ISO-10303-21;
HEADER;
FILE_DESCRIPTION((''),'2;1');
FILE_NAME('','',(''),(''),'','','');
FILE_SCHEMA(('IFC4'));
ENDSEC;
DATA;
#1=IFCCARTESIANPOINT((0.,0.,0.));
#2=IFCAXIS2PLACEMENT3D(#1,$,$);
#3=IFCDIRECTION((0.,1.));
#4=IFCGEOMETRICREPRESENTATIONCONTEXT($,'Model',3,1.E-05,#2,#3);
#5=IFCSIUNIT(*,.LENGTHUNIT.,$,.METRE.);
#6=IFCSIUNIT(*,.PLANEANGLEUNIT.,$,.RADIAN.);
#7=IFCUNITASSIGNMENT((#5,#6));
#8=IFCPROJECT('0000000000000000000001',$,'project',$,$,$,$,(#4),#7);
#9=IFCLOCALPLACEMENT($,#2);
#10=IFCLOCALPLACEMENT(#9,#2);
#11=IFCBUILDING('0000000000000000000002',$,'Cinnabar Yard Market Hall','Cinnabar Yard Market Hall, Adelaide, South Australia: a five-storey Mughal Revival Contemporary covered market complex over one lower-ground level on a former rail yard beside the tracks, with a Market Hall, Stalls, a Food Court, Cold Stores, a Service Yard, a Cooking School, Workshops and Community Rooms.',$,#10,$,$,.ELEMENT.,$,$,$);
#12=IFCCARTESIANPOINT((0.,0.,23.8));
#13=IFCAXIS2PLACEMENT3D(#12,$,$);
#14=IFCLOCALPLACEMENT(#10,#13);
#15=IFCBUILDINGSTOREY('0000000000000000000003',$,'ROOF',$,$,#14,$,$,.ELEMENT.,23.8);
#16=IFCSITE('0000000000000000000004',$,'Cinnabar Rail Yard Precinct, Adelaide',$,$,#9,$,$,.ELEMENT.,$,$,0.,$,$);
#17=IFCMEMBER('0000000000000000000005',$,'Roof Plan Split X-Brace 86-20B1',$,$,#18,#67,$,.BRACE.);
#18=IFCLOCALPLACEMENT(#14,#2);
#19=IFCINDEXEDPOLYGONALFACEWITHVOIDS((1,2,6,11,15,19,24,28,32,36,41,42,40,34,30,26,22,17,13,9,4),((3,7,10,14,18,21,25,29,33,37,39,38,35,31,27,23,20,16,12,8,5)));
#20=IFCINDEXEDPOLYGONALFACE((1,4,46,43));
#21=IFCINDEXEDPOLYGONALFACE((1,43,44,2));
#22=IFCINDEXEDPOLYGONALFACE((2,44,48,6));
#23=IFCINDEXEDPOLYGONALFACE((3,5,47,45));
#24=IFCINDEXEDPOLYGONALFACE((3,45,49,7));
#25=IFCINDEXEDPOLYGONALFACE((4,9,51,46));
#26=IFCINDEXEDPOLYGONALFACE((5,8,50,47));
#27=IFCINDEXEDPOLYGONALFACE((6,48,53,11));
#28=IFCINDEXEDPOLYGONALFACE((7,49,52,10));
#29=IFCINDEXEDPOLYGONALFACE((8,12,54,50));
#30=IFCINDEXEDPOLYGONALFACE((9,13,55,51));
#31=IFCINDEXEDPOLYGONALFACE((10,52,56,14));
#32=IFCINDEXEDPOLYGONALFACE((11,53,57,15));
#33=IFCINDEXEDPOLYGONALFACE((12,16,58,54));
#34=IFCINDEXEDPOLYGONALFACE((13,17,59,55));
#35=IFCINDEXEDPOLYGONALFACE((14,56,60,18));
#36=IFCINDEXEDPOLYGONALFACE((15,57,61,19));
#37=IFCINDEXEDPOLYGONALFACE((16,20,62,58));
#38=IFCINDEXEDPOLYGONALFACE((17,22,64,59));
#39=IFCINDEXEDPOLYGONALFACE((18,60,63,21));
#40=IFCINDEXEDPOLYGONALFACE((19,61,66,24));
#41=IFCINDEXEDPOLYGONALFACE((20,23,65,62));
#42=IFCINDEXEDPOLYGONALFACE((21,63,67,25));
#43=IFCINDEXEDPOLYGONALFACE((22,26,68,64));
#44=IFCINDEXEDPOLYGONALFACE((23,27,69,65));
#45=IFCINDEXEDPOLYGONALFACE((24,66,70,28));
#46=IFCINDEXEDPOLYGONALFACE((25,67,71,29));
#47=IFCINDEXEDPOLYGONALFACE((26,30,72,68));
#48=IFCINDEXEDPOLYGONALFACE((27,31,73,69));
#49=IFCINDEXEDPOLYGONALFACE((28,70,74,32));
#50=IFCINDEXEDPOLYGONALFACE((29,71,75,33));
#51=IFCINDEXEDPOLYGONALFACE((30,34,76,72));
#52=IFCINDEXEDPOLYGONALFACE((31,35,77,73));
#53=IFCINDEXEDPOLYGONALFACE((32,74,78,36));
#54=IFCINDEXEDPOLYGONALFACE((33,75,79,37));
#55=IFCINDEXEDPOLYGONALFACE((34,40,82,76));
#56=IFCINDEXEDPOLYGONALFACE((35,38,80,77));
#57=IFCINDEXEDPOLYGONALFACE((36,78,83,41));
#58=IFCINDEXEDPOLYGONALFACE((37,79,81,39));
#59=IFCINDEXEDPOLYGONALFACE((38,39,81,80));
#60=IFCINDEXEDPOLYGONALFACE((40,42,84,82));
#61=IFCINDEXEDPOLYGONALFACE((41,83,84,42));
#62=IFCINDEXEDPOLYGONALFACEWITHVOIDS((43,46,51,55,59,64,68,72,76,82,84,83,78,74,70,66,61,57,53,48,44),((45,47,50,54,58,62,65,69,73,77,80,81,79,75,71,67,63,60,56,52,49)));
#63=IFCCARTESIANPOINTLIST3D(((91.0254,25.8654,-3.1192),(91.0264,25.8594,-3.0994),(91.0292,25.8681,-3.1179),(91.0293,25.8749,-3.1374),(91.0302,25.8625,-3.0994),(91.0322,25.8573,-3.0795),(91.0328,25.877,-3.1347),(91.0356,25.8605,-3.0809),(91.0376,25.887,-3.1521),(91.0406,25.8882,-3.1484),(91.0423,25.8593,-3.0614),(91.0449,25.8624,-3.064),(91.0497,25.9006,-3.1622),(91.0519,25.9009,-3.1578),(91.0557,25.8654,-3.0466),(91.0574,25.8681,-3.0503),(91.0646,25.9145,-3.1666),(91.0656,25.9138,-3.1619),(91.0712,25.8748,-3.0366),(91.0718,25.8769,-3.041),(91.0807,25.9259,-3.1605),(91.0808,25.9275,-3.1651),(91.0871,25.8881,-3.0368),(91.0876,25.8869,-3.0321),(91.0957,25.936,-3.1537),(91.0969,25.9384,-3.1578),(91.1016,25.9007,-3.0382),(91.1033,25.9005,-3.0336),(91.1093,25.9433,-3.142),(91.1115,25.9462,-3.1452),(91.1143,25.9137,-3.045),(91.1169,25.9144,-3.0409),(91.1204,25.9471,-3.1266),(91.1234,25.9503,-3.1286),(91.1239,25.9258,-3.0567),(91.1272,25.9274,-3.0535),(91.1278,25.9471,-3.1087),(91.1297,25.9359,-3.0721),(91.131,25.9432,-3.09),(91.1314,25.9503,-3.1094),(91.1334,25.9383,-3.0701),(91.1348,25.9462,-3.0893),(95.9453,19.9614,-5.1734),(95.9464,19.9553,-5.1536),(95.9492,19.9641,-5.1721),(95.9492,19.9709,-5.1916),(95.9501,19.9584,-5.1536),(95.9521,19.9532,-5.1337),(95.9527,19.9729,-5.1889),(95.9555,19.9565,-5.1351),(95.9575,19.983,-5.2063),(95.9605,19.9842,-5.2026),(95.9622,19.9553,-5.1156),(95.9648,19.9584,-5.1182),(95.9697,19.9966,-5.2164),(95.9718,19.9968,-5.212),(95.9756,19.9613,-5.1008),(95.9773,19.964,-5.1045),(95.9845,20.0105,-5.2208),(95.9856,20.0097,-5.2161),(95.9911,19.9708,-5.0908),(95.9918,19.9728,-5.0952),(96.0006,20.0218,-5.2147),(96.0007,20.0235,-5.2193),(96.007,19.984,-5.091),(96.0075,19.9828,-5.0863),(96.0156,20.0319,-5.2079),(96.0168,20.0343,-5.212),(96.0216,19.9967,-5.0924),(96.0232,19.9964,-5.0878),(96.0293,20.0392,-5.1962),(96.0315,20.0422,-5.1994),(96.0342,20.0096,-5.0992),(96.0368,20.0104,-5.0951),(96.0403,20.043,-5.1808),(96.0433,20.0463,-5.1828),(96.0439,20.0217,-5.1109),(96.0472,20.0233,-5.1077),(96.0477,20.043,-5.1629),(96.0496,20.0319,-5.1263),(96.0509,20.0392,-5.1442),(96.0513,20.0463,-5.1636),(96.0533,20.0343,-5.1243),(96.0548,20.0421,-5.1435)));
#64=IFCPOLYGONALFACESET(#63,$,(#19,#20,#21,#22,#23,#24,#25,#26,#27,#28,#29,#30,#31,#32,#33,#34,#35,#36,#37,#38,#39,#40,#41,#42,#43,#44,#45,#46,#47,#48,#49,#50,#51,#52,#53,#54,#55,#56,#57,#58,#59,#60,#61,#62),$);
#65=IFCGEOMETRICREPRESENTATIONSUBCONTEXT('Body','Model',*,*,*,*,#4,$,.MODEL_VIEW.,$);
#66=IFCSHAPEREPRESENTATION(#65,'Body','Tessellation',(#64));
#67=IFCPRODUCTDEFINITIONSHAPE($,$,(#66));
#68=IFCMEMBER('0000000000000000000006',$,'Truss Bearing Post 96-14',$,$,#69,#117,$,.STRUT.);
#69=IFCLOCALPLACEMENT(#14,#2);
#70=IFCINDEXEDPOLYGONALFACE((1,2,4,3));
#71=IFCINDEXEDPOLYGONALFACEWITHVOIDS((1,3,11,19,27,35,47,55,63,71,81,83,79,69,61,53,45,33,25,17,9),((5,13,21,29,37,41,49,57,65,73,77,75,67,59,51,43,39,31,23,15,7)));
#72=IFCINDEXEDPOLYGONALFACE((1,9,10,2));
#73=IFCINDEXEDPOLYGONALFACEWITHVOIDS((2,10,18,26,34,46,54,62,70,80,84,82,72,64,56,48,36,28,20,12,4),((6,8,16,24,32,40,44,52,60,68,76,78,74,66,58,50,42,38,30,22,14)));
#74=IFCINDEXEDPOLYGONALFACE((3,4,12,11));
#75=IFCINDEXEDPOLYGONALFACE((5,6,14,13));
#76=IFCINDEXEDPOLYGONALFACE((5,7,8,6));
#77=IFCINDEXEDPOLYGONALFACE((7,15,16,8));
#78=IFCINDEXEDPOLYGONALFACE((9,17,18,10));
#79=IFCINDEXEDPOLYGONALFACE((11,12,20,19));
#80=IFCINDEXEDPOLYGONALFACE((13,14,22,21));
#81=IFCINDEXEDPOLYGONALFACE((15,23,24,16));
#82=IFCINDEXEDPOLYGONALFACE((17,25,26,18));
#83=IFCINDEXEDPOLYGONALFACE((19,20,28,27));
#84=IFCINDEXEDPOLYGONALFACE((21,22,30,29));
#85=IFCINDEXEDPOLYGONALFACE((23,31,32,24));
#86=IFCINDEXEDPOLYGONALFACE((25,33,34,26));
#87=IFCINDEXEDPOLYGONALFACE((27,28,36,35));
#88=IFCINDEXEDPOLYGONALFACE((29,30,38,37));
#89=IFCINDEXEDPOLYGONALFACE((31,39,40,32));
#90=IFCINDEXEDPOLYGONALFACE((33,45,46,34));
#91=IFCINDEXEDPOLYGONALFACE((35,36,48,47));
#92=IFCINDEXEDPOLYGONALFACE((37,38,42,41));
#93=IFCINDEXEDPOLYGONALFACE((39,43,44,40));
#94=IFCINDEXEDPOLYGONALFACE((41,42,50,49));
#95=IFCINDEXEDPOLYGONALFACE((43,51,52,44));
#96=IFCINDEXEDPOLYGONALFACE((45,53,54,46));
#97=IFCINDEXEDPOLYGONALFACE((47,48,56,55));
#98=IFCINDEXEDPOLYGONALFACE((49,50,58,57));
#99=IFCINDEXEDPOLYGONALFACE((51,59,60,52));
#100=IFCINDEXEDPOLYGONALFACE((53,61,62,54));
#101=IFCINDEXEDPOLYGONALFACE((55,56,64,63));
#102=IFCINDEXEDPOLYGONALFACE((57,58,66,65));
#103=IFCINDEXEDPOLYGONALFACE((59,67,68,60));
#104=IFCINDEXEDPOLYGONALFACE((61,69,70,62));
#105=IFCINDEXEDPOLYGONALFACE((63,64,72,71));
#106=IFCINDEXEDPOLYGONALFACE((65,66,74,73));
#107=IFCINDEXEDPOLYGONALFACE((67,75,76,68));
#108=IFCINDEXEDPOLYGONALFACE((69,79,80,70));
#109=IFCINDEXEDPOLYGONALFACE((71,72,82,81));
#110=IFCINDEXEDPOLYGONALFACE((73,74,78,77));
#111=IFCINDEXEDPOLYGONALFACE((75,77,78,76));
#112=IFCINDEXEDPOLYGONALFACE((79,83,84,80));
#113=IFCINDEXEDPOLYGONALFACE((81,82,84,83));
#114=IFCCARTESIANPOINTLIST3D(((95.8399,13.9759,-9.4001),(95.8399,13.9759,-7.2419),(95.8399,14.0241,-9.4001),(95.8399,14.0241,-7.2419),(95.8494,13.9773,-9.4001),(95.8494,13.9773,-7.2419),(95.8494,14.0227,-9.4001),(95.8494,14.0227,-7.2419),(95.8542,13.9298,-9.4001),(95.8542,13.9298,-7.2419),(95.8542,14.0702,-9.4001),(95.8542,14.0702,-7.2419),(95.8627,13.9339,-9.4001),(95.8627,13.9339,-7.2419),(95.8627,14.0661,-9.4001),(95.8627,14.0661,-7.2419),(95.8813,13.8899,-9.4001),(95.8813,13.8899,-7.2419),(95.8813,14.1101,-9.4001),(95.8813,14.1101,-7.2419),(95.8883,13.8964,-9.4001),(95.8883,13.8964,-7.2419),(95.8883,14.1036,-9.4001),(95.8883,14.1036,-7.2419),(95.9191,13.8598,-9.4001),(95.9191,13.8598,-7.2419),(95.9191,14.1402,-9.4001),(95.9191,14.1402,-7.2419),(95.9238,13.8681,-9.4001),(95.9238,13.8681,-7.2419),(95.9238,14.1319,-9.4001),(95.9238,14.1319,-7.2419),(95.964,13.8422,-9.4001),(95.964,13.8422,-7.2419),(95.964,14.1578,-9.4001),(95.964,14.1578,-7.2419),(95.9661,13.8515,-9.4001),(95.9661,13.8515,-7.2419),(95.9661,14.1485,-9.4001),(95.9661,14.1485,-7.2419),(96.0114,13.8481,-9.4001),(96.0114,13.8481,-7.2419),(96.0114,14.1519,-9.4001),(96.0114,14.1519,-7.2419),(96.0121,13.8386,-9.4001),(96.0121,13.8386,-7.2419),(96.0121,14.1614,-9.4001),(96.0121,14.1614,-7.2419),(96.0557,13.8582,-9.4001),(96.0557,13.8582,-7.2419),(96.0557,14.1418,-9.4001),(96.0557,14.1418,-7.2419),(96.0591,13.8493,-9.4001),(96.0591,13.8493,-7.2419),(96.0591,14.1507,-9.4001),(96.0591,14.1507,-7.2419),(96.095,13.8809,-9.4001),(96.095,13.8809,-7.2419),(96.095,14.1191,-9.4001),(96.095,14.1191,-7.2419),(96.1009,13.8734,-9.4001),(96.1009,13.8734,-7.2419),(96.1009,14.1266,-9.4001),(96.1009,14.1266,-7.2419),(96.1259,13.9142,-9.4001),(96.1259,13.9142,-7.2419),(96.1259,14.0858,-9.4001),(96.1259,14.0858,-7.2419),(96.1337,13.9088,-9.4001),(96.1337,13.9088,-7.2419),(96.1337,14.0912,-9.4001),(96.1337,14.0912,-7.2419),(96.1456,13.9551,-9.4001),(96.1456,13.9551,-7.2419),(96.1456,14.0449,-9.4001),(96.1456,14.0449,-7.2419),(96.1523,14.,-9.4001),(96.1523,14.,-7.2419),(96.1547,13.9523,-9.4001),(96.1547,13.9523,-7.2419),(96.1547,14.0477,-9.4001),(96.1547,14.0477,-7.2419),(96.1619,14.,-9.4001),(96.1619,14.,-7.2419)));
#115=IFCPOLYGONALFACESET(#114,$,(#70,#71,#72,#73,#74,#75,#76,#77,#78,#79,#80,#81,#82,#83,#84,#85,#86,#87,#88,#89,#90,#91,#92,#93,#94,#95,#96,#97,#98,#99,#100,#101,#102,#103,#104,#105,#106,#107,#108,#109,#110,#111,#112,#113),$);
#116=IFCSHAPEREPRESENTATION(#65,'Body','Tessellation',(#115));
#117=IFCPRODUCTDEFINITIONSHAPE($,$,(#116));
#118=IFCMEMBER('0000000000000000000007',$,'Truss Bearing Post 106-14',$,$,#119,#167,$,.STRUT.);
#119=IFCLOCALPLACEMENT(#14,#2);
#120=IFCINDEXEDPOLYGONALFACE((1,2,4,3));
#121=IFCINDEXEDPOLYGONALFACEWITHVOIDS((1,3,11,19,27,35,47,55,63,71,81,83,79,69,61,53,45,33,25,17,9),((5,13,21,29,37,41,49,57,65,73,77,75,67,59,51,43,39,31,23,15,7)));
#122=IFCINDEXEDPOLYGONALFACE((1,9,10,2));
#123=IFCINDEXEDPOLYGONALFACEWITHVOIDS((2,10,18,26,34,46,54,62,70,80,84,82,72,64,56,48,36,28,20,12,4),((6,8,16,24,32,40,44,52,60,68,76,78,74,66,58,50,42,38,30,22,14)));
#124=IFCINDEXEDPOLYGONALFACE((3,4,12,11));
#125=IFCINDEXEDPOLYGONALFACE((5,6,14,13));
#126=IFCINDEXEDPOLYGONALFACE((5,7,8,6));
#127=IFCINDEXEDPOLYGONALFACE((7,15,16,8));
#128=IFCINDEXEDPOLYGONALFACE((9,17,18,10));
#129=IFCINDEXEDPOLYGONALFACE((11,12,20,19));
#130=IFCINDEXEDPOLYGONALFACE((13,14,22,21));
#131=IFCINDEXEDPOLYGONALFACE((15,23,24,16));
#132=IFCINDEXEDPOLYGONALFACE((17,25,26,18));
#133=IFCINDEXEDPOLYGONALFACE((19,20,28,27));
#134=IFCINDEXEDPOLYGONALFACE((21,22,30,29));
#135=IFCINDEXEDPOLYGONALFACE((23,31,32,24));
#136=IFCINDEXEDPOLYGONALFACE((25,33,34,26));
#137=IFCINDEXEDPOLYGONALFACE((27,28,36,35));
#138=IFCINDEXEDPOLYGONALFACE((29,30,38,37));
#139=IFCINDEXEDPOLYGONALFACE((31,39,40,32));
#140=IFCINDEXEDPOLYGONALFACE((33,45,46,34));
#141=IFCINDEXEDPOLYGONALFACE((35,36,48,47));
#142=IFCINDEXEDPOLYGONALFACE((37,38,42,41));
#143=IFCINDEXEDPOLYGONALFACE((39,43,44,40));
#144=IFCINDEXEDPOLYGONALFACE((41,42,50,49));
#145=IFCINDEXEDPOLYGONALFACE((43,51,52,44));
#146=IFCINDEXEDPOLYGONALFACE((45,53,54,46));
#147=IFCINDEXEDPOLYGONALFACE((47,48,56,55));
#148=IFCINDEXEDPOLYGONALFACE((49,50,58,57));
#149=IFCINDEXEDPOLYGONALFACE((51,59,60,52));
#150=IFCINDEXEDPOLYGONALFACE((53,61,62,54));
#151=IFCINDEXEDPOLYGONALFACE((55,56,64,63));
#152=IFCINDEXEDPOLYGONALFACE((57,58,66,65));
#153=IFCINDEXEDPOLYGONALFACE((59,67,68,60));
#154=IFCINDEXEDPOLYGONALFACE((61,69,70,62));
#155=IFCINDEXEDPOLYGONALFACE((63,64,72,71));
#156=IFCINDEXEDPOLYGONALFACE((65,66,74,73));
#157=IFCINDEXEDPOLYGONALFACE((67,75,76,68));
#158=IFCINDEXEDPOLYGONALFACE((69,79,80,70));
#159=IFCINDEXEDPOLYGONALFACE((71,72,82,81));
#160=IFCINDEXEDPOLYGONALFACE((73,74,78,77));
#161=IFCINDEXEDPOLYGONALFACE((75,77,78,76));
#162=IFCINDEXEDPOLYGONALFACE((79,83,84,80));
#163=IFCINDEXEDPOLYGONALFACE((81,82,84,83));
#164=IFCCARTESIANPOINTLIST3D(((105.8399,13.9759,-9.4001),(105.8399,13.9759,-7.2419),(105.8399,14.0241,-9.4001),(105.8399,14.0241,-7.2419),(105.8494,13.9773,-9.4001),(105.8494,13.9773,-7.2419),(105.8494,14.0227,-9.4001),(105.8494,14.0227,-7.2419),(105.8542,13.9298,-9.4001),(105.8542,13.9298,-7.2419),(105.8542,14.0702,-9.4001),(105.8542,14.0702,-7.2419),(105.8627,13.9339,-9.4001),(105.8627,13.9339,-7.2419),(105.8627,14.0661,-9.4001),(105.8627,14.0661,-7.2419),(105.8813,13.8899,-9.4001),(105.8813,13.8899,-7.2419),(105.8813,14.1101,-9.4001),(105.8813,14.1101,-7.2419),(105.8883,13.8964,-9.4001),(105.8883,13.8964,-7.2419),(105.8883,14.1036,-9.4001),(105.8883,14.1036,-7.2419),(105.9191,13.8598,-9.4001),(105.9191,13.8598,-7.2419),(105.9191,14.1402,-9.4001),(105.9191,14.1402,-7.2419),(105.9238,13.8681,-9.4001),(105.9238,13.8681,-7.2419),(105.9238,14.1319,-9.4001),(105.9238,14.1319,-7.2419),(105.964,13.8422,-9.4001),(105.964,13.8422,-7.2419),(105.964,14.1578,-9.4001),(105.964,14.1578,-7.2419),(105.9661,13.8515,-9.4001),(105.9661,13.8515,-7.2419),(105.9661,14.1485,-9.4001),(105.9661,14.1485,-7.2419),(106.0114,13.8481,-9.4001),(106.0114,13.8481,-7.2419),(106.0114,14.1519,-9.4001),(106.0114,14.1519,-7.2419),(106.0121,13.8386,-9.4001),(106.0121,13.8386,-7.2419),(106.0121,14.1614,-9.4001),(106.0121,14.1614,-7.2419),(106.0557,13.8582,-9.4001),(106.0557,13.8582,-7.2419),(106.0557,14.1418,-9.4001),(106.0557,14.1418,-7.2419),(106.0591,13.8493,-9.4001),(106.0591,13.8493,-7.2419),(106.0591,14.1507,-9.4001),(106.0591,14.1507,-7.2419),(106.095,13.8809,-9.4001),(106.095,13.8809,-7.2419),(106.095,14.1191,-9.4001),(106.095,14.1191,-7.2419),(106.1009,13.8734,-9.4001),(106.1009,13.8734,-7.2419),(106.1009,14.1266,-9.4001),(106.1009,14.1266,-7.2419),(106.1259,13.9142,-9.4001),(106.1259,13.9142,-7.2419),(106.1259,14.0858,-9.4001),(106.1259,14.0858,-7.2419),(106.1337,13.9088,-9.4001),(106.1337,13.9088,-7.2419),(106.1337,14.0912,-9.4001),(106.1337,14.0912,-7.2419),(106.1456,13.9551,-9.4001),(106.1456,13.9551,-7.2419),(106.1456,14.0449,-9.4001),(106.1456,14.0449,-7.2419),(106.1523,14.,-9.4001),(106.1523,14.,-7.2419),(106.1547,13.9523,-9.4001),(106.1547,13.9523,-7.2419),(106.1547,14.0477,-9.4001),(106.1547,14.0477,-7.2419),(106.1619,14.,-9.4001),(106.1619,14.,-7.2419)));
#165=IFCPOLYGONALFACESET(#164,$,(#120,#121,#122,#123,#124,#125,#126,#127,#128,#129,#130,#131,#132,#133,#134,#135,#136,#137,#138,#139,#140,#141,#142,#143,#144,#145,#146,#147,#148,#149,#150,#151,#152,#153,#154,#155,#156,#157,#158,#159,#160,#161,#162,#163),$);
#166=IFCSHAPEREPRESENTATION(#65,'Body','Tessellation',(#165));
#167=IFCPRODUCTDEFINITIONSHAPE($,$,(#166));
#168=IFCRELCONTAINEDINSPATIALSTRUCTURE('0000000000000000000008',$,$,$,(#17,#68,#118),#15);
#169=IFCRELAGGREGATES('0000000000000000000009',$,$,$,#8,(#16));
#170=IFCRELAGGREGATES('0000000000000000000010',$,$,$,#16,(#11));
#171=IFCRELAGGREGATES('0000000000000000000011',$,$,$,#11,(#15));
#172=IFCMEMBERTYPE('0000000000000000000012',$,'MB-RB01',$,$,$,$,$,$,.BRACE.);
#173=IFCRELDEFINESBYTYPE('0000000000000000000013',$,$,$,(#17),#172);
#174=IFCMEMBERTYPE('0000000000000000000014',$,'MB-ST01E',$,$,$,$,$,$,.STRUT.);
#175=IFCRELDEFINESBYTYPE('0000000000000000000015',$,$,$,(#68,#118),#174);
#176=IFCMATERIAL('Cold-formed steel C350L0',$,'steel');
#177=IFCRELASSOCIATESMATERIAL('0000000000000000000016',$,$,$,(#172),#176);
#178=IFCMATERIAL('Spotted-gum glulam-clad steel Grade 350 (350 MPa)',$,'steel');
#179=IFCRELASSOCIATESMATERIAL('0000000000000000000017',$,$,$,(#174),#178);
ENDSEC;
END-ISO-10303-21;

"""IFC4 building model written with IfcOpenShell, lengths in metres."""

from ifc_helpers import new_model, si_unit, direction, frame, origin, origin_2d_with_axis, place, context, subcontext, project, spatial, hollow_circle, extrude, material, material_profile, profile_set, type_object, element, save


model = new_model("IFC4")

# Units and contexts
model_context = context("Model", 3, precision=1e-05, world=origin(), true_north=direction((0.0, 1.0)))
body_context = subcontext(model_context, "Body", "Model", "MODEL_VIEW")
ifc_project = project(units=[si_unit("LENGTHUNIT", "METRE"), si_unit("PLANEANGLEUNIT", "RADIAN")], contexts=[model_context])

# Site, building, storey
site_placement = place(None, origin())
site = spatial("IfcSite", under=ifc_project, at=site_placement, Name="Cinnabar Rail Yard Precinct, Adelaide", CompositionType="ELEMENT", RefElevation=0.0)
building_placement = place(site_placement, origin())
building = spatial("IfcBuilding", under=site, at=building_placement, Name="Cinnabar Yard Market Hall", Description="Cinnabar Yard Market Hall, Adelaide, South Australia: a five-storey Mughal Revival Contemporary covered market complex over one lower-ground level on a former rail yard beside the tracks, with a Market Hall, Stalls, a Food Court, Cold Stores, a Service Yard, a Cooking School, Workshops and Community Rooms.", CompositionType="ELEMENT")
storey_placement = place(building_placement, frame((0.0, 0.0, 23.8)))
storey = spatial("IfcBuildingStorey", under=building, at=storey_placement, Name="ROOF", CompositionType="ELEMENT", Elevation=23.8)

# Shared definitions
ifc_material_1 = material(Name="Cold-formed steel C350L0", Category="steel")

# Members
ifc_material_profile_1 = material_profile(ifc_material_1, hollow_circle(Radius=0.0698, WallThickness=0.0049, at=origin_2d_with_axis()), Name="139.7x5.0CHS")
ifc_profile_set_1 = profile_set([ifc_material_profile_1], Name="Cold-formed steel C350L0")
member_type_1 = type_object("IfcMemberType", Name="MB-RB01", PredefinedType="BRACE", material=ifc_profile_set_1)
member_1_placement = place(storey_placement, frame((96.0, 20.0, -5.1536), z_axis=(-0.618463, 0.742174, 0.258225), x_axis=(-0.768229, -0.640175, 0.0)))
element("IfcMember", 1, at=member_1_placement, inside=storey, type_object=member_type_1, Name="Roof Plan Split X-Brace 86-20B1", PredefinedType="BRACE", context=body_context, shape_type="SweptSolid", body=[
    extrude(hollow_circle(Radius=0.0698, WallThickness=0.0049, at=origin_2d_with_axis()), origin(), (0.0, 0.0, 1.0), 7.9551),
])
ifc_material_2 = material(Name="Spotted-gum glulam-clad steel Grade 350 (350 MPa)", Category="steel")
ifc_material_profile_2 = material_profile(ifc_material_2, hollow_circle(Radius=0.1619, WallThickness=0.0095, at=origin_2d_with_axis()), Name="323.9x9.5CHS")
ifc_profile_set_2 = profile_set([ifc_material_profile_2], Name="Spotted-gum glulam-clad steel Grade 350 (350 MPa)")
member_type_2 = type_object("IfcMemberType", Name="MB-ST01E", PredefinedType="STRUT", material=ifc_profile_set_2)
for number, where, z_axis, x_axis, name in (
    (2, (96.0, 14.0, -9.4001), (0.0, 0.0, 1.0), (1.0, 0.0, 0.0), "Truss Bearing Post 96-14"),
    (3, (106.0, 14.0, -9.4001), (0.0, 0.0, 1.0), (1.0, 0.0, 0.0), "Truss Bearing Post 106-14"),
):
    element("IfcMember", number, at=place(storey_placement, frame(where, z_axis=z_axis, x_axis=x_axis)), inside=storey, type_object=member_type_2, Name=name, PredefinedType="STRUT", context=body_context, shape_type="SweptSolid", body=[
        extrude(hollow_circle(Radius=0.1619, WallThickness=0.0095, at=origin_2d_with_axis()), origin(), (0.0, 0.0, 1.0), 2.1582),
    ])

save(model, "model.ifc")
